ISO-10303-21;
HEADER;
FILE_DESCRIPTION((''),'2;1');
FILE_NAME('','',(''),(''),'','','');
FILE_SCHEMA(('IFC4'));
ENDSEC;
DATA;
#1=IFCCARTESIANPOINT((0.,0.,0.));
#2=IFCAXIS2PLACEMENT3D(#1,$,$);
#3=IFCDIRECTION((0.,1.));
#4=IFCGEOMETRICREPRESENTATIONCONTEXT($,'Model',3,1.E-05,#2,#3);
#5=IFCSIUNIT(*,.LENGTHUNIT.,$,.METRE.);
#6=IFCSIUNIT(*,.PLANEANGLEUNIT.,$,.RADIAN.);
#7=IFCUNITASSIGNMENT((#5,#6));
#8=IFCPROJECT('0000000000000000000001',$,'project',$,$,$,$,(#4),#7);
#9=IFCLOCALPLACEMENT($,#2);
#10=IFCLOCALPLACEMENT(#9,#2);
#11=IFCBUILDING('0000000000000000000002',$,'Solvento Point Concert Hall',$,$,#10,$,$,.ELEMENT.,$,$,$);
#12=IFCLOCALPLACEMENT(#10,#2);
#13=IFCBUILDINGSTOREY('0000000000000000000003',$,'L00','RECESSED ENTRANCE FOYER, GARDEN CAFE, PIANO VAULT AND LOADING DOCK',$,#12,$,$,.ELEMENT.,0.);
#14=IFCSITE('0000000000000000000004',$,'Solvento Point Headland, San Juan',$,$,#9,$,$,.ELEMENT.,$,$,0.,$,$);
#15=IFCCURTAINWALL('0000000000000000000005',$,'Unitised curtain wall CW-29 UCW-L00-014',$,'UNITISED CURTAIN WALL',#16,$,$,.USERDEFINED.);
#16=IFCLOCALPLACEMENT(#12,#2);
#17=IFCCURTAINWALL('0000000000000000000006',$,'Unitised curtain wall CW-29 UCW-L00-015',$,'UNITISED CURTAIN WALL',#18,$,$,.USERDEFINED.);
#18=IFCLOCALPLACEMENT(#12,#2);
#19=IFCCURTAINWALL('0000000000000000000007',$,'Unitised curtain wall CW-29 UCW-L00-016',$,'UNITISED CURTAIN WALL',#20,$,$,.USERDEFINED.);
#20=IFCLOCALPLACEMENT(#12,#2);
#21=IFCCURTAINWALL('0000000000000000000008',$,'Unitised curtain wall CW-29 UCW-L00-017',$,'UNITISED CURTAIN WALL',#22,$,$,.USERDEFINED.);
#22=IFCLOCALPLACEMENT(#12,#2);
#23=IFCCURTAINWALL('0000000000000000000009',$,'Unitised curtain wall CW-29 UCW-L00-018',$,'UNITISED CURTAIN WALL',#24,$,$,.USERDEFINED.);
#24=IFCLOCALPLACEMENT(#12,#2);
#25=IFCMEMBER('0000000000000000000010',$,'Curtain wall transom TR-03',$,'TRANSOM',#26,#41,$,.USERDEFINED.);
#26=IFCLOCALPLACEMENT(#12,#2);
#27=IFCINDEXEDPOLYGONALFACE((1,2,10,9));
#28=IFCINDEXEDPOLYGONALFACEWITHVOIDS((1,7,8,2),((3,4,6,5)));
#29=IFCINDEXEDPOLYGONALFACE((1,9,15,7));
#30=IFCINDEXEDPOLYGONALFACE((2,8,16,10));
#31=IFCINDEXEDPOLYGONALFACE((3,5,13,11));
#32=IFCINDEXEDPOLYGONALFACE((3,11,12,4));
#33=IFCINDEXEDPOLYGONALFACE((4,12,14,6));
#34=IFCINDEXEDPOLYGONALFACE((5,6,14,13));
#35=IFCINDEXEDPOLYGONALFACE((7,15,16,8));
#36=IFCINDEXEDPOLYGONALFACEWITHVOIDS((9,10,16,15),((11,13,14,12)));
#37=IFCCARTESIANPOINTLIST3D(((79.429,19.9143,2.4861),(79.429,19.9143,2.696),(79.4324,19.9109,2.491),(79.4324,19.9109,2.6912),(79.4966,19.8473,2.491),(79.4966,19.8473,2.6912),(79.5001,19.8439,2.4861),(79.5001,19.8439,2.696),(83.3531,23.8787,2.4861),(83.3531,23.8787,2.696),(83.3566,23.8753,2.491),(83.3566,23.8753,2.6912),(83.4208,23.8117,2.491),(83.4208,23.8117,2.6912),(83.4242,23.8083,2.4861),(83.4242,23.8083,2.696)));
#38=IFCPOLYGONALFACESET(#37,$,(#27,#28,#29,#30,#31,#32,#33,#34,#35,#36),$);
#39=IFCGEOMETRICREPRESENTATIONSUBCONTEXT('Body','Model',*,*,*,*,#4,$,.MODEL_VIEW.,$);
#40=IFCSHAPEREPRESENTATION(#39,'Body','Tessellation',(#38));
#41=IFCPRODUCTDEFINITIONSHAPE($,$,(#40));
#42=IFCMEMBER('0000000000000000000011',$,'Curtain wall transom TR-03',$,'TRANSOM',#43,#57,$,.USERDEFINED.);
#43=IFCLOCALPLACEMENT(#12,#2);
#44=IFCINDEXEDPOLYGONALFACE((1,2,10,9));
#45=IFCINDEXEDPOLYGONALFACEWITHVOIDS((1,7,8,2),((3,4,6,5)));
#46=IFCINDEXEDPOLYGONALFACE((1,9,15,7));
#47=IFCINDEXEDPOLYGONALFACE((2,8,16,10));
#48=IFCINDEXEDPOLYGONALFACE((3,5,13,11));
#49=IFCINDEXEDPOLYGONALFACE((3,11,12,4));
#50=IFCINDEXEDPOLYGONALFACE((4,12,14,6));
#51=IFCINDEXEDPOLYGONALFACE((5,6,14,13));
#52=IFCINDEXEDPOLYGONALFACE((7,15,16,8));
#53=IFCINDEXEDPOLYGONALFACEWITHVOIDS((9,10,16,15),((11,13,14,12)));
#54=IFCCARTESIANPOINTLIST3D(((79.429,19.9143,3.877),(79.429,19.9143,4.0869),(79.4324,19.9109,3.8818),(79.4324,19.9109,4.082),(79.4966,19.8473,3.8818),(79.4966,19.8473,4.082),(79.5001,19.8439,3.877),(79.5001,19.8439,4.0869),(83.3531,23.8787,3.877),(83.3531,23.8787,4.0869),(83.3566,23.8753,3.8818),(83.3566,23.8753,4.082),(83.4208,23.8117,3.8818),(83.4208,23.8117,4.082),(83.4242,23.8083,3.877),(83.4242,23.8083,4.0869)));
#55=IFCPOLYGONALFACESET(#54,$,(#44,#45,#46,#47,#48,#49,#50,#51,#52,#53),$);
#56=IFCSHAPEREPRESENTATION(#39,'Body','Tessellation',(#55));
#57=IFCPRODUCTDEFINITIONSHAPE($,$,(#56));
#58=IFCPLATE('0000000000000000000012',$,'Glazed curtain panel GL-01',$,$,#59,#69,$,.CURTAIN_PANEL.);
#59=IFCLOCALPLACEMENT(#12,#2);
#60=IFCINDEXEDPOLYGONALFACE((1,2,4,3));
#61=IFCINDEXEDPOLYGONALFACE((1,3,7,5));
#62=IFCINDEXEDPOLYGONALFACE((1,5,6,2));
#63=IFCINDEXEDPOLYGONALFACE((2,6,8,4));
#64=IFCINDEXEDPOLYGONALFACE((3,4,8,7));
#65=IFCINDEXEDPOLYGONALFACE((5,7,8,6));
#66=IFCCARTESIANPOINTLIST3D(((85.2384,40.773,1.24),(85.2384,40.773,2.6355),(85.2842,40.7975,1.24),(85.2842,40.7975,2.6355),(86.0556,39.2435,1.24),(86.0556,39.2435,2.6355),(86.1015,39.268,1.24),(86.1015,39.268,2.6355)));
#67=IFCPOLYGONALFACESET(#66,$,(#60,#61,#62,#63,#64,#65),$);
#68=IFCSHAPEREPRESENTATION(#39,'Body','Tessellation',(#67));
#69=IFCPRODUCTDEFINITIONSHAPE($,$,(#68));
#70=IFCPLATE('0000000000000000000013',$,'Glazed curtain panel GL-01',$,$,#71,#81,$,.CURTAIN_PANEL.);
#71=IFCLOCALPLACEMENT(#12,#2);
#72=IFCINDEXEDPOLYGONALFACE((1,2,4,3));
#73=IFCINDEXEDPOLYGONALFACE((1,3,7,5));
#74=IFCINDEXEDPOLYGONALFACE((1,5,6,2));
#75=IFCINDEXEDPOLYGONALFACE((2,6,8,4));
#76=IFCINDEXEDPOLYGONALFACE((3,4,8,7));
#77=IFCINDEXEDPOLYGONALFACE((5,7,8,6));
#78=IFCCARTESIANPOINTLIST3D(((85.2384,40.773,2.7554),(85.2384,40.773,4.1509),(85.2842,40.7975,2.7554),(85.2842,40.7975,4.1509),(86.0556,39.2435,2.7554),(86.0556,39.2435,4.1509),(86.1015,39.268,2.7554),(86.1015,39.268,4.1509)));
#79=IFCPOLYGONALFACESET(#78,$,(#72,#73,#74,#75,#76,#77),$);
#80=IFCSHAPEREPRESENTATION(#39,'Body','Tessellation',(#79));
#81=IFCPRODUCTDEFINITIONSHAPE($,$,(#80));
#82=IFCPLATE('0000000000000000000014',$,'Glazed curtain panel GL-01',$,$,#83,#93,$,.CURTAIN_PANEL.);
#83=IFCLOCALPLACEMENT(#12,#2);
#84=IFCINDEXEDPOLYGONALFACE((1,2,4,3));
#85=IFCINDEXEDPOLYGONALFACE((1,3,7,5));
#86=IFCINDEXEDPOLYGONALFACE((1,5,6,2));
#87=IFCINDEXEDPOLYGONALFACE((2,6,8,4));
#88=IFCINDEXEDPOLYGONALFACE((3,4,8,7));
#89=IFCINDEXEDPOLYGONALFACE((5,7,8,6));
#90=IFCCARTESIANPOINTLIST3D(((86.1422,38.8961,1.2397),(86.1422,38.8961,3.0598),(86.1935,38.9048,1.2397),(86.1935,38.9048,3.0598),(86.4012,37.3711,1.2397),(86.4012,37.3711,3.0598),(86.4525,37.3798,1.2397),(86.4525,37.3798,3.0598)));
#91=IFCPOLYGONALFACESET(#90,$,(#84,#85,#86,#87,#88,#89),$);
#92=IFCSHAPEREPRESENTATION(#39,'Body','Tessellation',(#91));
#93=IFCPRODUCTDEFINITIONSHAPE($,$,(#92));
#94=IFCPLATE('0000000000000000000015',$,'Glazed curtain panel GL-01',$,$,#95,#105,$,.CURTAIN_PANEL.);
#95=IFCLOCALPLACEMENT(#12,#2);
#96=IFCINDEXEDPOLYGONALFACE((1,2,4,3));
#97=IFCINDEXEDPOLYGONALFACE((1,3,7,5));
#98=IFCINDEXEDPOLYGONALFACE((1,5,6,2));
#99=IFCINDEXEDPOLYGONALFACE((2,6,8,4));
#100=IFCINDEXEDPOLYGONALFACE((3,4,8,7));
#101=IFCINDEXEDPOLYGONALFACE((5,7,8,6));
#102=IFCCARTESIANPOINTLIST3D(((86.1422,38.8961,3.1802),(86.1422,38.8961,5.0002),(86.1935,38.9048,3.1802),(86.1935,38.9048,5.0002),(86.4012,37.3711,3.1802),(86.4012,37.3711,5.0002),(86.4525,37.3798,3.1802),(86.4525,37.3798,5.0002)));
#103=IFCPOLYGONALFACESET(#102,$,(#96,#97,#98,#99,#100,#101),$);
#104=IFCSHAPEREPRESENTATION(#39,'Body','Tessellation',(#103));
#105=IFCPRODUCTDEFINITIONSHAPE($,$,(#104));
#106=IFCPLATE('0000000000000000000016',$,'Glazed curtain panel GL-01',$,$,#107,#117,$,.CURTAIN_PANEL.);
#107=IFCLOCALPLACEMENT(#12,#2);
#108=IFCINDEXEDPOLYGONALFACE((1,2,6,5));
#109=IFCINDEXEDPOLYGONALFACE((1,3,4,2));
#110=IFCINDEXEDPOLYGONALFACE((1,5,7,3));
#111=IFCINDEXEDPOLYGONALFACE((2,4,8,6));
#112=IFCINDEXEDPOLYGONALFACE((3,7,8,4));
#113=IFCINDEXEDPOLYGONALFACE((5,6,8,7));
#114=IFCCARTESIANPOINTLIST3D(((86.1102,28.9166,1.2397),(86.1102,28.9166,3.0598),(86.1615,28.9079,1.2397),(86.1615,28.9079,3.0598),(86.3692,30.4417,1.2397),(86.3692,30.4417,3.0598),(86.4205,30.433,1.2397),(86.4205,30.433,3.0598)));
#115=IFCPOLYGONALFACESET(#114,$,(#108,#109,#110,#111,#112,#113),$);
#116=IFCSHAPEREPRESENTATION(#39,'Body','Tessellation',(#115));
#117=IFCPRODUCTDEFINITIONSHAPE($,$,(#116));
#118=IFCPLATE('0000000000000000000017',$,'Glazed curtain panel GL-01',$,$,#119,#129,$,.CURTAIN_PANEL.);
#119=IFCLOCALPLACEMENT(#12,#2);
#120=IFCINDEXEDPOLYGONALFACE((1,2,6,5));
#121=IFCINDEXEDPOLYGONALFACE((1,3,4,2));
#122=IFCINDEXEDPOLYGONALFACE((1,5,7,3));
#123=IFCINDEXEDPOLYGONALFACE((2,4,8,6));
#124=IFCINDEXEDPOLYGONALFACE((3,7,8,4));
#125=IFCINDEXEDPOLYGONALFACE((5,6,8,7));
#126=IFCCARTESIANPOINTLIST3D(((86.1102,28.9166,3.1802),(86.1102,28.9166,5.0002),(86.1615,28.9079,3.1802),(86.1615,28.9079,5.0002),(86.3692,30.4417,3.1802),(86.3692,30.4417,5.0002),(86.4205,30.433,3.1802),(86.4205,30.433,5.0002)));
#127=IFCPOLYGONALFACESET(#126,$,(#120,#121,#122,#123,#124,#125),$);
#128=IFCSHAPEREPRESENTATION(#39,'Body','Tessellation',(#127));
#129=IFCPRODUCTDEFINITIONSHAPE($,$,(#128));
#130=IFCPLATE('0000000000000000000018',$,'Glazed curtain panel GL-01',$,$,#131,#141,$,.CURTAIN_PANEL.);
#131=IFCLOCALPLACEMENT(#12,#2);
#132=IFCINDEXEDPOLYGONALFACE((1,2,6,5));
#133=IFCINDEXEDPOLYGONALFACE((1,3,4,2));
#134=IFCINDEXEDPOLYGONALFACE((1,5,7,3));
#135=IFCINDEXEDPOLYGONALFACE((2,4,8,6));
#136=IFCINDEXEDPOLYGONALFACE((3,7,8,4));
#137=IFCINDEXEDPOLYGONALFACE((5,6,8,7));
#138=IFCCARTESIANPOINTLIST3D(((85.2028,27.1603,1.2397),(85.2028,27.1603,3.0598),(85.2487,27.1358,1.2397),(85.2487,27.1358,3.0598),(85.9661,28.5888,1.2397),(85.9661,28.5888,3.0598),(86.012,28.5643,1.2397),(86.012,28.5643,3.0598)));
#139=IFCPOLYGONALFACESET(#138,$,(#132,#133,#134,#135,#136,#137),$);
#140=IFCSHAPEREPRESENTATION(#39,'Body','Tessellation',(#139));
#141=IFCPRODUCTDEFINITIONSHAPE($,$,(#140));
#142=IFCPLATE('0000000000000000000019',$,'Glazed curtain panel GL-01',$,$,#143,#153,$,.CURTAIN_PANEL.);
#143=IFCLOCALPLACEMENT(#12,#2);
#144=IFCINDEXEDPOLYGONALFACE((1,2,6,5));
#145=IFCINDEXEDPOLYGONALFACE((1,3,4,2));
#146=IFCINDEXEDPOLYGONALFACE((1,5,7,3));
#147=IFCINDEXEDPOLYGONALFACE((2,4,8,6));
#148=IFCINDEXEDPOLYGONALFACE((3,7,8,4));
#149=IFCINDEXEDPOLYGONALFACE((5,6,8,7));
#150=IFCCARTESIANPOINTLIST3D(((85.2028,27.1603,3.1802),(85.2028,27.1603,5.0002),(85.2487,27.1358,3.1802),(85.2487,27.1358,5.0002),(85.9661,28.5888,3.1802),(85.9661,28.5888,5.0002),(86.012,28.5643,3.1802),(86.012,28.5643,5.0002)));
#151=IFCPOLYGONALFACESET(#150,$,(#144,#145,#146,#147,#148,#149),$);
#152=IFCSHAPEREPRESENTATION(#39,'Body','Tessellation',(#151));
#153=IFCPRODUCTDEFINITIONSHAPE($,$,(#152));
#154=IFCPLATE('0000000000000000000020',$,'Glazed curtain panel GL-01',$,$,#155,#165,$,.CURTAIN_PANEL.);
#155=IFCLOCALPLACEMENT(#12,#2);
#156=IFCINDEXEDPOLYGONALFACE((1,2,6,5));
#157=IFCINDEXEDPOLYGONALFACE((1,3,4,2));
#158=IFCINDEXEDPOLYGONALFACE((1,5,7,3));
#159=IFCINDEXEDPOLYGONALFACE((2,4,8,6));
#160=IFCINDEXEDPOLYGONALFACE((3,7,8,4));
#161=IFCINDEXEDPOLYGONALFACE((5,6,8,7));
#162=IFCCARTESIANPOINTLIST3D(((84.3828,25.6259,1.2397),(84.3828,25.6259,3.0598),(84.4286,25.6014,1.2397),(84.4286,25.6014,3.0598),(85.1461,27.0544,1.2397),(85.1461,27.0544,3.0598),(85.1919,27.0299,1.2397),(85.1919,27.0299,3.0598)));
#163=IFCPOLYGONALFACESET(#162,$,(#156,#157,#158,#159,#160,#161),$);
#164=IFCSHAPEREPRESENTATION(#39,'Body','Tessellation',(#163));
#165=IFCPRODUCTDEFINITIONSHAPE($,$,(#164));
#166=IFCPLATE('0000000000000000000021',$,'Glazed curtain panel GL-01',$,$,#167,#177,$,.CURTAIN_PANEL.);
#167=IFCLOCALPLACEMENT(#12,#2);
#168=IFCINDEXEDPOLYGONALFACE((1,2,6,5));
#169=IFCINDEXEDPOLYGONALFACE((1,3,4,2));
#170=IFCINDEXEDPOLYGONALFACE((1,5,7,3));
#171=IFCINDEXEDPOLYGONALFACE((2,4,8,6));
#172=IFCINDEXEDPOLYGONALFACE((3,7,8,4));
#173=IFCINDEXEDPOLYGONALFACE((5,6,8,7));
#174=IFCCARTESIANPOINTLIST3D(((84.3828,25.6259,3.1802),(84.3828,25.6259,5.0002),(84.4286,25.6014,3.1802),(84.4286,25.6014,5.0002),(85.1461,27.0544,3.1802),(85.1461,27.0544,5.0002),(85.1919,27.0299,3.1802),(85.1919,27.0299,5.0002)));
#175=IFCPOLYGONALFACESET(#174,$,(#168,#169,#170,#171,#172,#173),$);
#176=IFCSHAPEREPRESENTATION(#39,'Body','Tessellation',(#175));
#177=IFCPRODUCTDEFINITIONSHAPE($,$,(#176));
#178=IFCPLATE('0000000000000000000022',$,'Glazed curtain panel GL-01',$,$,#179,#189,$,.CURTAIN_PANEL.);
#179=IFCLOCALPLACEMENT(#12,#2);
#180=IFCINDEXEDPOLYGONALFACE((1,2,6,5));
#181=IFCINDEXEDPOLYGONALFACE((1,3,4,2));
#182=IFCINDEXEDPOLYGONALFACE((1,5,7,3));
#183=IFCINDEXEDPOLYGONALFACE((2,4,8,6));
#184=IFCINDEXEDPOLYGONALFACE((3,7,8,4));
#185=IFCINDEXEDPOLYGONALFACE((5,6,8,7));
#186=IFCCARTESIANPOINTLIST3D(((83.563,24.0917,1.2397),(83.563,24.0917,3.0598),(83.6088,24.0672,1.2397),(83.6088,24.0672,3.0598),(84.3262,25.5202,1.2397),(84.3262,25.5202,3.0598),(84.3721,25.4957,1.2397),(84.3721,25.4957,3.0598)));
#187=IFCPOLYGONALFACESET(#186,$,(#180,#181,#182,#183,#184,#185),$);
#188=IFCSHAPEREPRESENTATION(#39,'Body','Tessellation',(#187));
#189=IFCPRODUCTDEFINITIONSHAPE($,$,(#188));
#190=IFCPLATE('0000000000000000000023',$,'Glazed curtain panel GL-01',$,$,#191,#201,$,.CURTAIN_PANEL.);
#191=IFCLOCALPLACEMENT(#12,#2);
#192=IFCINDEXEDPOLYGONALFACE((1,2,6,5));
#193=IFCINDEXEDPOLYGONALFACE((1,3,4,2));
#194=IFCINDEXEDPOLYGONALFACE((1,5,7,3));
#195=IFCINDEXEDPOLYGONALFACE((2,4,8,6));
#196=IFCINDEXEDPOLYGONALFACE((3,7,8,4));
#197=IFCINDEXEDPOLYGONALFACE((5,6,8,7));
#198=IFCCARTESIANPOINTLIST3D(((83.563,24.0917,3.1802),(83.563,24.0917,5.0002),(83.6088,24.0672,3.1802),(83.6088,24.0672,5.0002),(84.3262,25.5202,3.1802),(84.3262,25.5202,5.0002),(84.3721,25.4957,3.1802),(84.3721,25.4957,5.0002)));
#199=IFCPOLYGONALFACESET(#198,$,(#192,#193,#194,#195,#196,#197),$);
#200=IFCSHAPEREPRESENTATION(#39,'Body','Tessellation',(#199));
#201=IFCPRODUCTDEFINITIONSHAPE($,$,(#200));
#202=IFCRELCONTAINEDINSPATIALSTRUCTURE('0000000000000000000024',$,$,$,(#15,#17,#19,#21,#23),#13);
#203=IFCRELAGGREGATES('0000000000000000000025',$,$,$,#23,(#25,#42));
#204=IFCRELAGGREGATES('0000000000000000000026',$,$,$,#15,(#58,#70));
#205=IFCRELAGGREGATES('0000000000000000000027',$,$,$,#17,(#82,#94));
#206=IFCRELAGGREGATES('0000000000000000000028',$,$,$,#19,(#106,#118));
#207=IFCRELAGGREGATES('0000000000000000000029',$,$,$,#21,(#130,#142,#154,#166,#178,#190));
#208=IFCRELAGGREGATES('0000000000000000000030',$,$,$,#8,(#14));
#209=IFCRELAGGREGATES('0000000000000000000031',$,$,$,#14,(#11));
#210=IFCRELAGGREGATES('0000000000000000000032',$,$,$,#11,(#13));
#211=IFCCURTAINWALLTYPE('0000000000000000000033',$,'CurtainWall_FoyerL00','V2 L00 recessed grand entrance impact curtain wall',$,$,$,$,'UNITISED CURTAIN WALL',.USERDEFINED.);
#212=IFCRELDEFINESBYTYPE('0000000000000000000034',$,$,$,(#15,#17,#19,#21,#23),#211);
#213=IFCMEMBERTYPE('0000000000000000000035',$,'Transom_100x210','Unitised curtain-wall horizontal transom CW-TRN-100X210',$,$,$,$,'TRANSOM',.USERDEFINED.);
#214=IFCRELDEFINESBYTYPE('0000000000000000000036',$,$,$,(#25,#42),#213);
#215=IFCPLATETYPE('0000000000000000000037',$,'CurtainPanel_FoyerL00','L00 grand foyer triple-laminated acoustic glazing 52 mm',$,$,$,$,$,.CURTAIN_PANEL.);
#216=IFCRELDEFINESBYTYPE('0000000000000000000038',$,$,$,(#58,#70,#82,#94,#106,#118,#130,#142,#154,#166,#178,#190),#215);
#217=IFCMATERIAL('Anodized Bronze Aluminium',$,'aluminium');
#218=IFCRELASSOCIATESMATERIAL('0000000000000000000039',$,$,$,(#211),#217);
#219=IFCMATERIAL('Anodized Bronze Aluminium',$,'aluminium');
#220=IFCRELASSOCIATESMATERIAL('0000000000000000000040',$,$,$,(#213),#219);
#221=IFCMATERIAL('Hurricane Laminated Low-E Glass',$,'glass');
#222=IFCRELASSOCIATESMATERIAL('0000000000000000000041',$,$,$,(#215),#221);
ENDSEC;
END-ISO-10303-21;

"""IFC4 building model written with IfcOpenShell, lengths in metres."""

from ifc_helpers import new_model, si_unit, direction, frame, origin, origin_2d, place, context, subcontext, project, spatial, rectangle, hollow_rectangle, extrude, material, material_profile, profile_set, type_object, element, aggregate, save


model = new_model("IFC4")

# Units and contexts
model_context = context("Model", 3, precision=1e-05, world=origin(), true_north=direction((0.0, 1.0)))
body_context = subcontext(model_context, "Body", "Model", "MODEL_VIEW")
ifc_project = project(units=[si_unit("LENGTHUNIT", "METRE"), si_unit("PLANEANGLEUNIT", "RADIAN")], contexts=[model_context])

# Site, building, storey
site_placement = place(None, origin())
site = spatial("IfcSite", under=ifc_project, at=site_placement, Name="Solvento Point Headland, San Juan", CompositionType="ELEMENT", RefElevation=0.0)
building_placement = place(site_placement, origin())
building = spatial("IfcBuilding", under=site, at=building_placement, Name="Solvento Point Concert Hall", CompositionType="ELEMENT")
storey_placement = place(building_placement, origin())
storey = spatial("IfcBuildingStorey", under=building, at=storey_placement, Name="L00", Description="RECESSED ENTRANCE FOYER, GARDEN CAFE, PIANO VAULT AND LOADING DOCK", CompositionType="ELEMENT", Elevation=0.0)

# Curtain walls
ifc_material_1 = material(Name="Anodized Bronze Aluminium", Category="aluminium")
curtain_wall_type = type_object("IfcCurtainWallType", Name="CurtainWall_FoyerL00", Description="V2 L00 recessed grand entrance impact curtain wall", ElementType="UNITISED CURTAIN WALL", PredefinedType="USERDEFINED", material=ifc_material_1)
curtain_wall_1_placement = place(storey_placement, origin())
curtain_wall_1 = element("IfcCurtainWall", 1, at=curtain_wall_1_placement, inside=storey, type_object=curtain_wall_type, Name="Unitised curtain wall CW-29 UCW-L00-014", ObjectType="UNITISED CURTAIN WALL", PredefinedType="USERDEFINED")
curtain_wall_2_placement = place(storey_placement, origin())
curtain_wall_2 = element("IfcCurtainWall", 2, at=curtain_wall_2_placement, inside=storey, type_object=curtain_wall_type, Name="Unitised curtain wall CW-29 UCW-L00-015", ObjectType="UNITISED CURTAIN WALL", PredefinedType="USERDEFINED")
curtain_wall_3_placement = place(storey_placement, origin())
curtain_wall_3 = element("IfcCurtainWall", 3, at=curtain_wall_3_placement, inside=storey, type_object=curtain_wall_type, Name="Unitised curtain wall CW-29 UCW-L00-016", ObjectType="UNITISED CURTAIN WALL", PredefinedType="USERDEFINED")

# Curtain wall
curtain_wall_4_placement = place(storey_placement, origin())
curtain_wall_4 = element("IfcCurtainWall", 4, at=curtain_wall_4_placement, inside=storey, type_object=curtain_wall_type, Name="Unitised curtain wall CW-29 UCW-L00-017", ObjectType="UNITISED CURTAIN WALL", PredefinedType="USERDEFINED")

# Curtain wall
curtain_wall_5_placement = place(storey_placement, origin())
curtain_wall_5 = element("IfcCurtainWall", 5, at=curtain_wall_5_placement, inside=storey, type_object=curtain_wall_type, Name="Unitised curtain wall CW-29 UCW-L00-018", ObjectType="UNITISED CURTAIN WALL", PredefinedType="USERDEFINED")

# Members
ifc_material_2 = material(Name="Anodized Bronze Aluminium", Category="aluminium")
ifc_material_profile_1 = material_profile(ifc_material_2, hollow_rectangle(XDim=0.1001, YDim=0.21, WallThickness=0.0049, at=origin_2d()), Name="CW-TRN-100X210")
ifc_profile_set_1 = profile_set([ifc_material_profile_1], Name="Anodized Bronze Aluminium")
member_type_1 = type_object("IfcMemberType", Name="Transom_100x210", Description="Unitised curtain-wall horizontal transom CW-TRN-100X210", ElementType="TRANSOM", PredefinedType="USERDEFINED", material=ifc_profile_set_1)
member_1_placement = place(storey_placement, frame((83.3887, 23.8435, 2.5911), z_axis=(-0.703487, -0.710708, 0.0), x_axis=(0.710708, -0.703487, 0.0)))
member_1 = element("IfcMember", 6, at=member_1_placement, type_object=member_type_1, Name="Curtain wall transom TR-03", ObjectType="TRANSOM", PredefinedType="USERDEFINED", context=body_context, shape_type="SweptSolid", body=[
    extrude(hollow_rectangle(XDim=0.1001, YDim=0.21, WallThickness=0.0049, at=origin_2d()), origin(), (0.0, 0.0, 1.0), 5.5781),
])
member_2_placement = place(storey_placement, frame((83.3887, 23.8435, 3.9819), z_axis=(-0.703487, -0.710708, 0.0), x_axis=(0.710708, -0.703487, 0.0)))
member_2 = element("IfcMember", 7, at=member_2_placement, type_object=member_type_1, Name="Curtain wall transom TR-03", ObjectType="TRANSOM", PredefinedType="USERDEFINED", context=body_context, shape_type="SweptSolid", body=[
    extrude(hollow_rectangle(XDim=0.1001, YDim=0.21, WallThickness=0.0049, at=origin_2d()), origin(), (0.0, 0.0, 1.0), 5.5781),
])
aggregate(curtain_wall_5, [member_1, member_2])

# Plates
ifc_material_3 = material(Name="Hurricane Laminated Low-E Glass", Category="glass")
plate_type = type_object("IfcPlateType", Name="CurtainPanel_FoyerL00", Description="L00 grand foyer triple-laminated acoustic glazing 52 mm", PredefinedType="CURTAIN_PANEL", material=ifc_material_3)
plate_1_placement = place(storey_placement, frame((85.6699, 40.0205, 1.24), z_axis=(0.0, 0.0, 1.0), x_axis=(0.471272, -0.881988, 0.0)))
plate_1 = element("IfcPlate", 8, at=plate_1_placement, type_object=plate_type, Name="Glazed curtain panel GL-01", PredefinedType="CURTAIN_PANEL", context=body_context, shape_type="SweptSolid", body=[
    extrude(rectangle(XDim=1.7341, YDim=0.052, at=origin_2d()), origin(), (0.0, 0.0, 1.0), 1.3955),
])
plate_2_placement = place(storey_placement, frame((85.6699, 40.0205, 2.7554), z_axis=(0.0, 0.0, 1.0), x_axis=(0.471272, -0.881988, 0.0)))
plate_2 = element("IfcPlate", 9, at=plate_2_placement, type_object=plate_type, Name="Glazed curtain panel GL-01", PredefinedType="CURTAIN_PANEL", context=body_context, shape_type="SweptSolid", body=[
    extrude(rectangle(XDim=1.7341, YDim=0.052, at=origin_2d()), origin(), (0.0, 0.0, 1.0), 1.3955),
])
aggregate(curtain_wall_1, [plate_1, plate_2])
plate_3_placement = place(storey_placement, frame((86.2974, 38.1379, 1.2397), z_axis=(0.0, 0.0, 1.0), x_axis=(0.167431, -0.985884, 0.0)))
plate_3 = element("IfcPlate", 10, at=plate_3_placement, type_object=plate_type, Name="Glazed curtain panel GL-01", PredefinedType="CURTAIN_PANEL", context=body_context, shape_type="SweptSolid", body=[
    extrude(rectangle(XDim=1.5469, YDim=0.052, at=origin_2d()), origin(), (0.0, 0.0, 1.0), 1.8201),
])
plate_4_placement = place(storey_placement, frame((86.2974, 38.1379, 3.1802), z_axis=(0.0, 0.0, 1.0), x_axis=(0.167431, -0.985884, 0.0)))
plate_4 = element("IfcPlate", 11, at=plate_4_placement, type_object=plate_type, Name="Glazed curtain panel GL-01", PredefinedType="CURTAIN_PANEL", context=body_context, shape_type="SweptSolid", body=[
    extrude(rectangle(XDim=1.5469, YDim=0.052, at=origin_2d()), origin(), (0.0, 0.0, 1.0), 1.8201),
])
aggregate(curtain_wall_2, [plate_3, plate_4])
plate_5_placement = place(storey_placement, frame((86.2654, 29.6748, 1.2397), z_axis=(0.0, 0.0, 1.0), x_axis=(-0.167431, -0.985884, 0.0)))
plate_5 = element("IfcPlate", 12, at=plate_5_placement, type_object=plate_type, Name="Glazed curtain panel GL-01", PredefinedType="CURTAIN_PANEL", context=body_context, shape_type="SweptSolid", body=[
    extrude(rectangle(XDim=1.5469, YDim=0.052, at=origin_2d()), origin(), (0.0, 0.0, 1.0), 1.8201),
])
plate_6_placement = place(storey_placement, frame((86.2654, 29.6748, 3.1802), z_axis=(0.0, 0.0, 1.0), x_axis=(-0.167431, -0.985884, 0.0)))
plate_6 = element("IfcPlate", 13, at=plate_6_placement, type_object=plate_type, Name="Glazed curtain panel GL-01", PredefinedType="CURTAIN_PANEL", context=body_context, shape_type="SweptSolid", body=[
    extrude(rectangle(XDim=1.5469, YDim=0.052, at=origin_2d()), origin(), (0.0, 0.0, 1.0), 1.8201),
])
aggregate(curtain_wall_3, [plate_5, plate_6])
plate_7_placement = place(storey_placement, frame((85.6074, 27.8623, 1.2397), z_axis=(0.0, 0.0, 1.0), x_axis=(-0.471274, -0.881987, 0.0)))
plate_7 = element("IfcPlate", 14, at=plate_7_placement, type_object=plate_type, Name="Glazed curtain panel GL-01", PredefinedType="CURTAIN_PANEL", context=body_context, shape_type="SweptSolid", body=[
    extrude(rectangle(XDim=1.6196, YDim=0.052, at=origin_2d()), origin(), (0.0, 0.0, 1.0), 1.8201),
])
plate_8_placement = place(storey_placement, frame((85.6074, 27.8623, 3.1802), z_axis=(0.0, 0.0, 1.0), x_axis=(-0.471274, -0.881987, 0.0)))
plate_8 = element("IfcPlate", 15, at=plate_8_placement, type_object=plate_type, Name="Glazed curtain panel GL-01", PredefinedType="CURTAIN_PANEL", context=body_context, shape_type="SweptSolid", body=[
    extrude(rectangle(XDim=1.6196, YDim=0.052, at=origin_2d()), origin(), (0.0, 0.0, 1.0), 1.8201),
])
plate_9_placement = place(storey_placement, frame((84.7874, 26.3279, 1.2397), z_axis=(0.0, 0.0, 1.0), x_axis=(-0.471274, -0.881987, 0.0)))
plate_9 = element("IfcPlate", 16, at=plate_9_placement, type_object=plate_type, Name="Glazed curtain panel GL-01", PredefinedType="CURTAIN_PANEL", context=body_context, shape_type="SweptSolid", body=[
    extrude(rectangle(XDim=1.6196, YDim=0.052, at=origin_2d()), origin(), (0.0, 0.0, 1.0), 1.8201),
])
plate_10_placement = place(storey_placement, frame((84.7874, 26.3279, 3.1802), z_axis=(0.0, 0.0, 1.0), x_axis=(-0.471274, -0.881987, 0.0)))
plate_10 = element("IfcPlate", 17, at=plate_10_placement, type_object=plate_type, Name="Glazed curtain panel GL-01", PredefinedType="CURTAIN_PANEL", context=body_context, shape_type="SweptSolid", body=[
    extrude(rectangle(XDim=1.6196, YDim=0.052, at=origin_2d()), origin(), (0.0, 0.0, 1.0), 1.8201),
])
plate_11_placement = place(storey_placement, frame((83.9675, 24.7937, 1.2397), z_axis=(0.0, 0.0, 1.0), x_axis=(-0.471274, -0.881987, 0.0)))
plate_11 = element("IfcPlate", 18, at=plate_11_placement, type_object=plate_type, Name="Glazed curtain panel GL-01", PredefinedType="CURTAIN_PANEL", context=body_context, shape_type="SweptSolid", body=[
    extrude(rectangle(XDim=1.6196, YDim=0.052, at=origin_2d()), origin(), (0.0, 0.0, 1.0), 1.8201),
])
plate_12_placement = place(storey_placement, frame((83.9675, 24.7937, 3.1802), z_axis=(0.0, 0.0, 1.0), x_axis=(-0.471274, -0.881987, 0.0)))
plate_12 = element("IfcPlate", 19, at=plate_12_placement, type_object=plate_type, Name="Glazed curtain panel GL-01", PredefinedType="CURTAIN_PANEL", context=body_context, shape_type="SweptSolid", body=[
    extrude(rectangle(XDim=1.6196, YDim=0.052, at=origin_2d()), origin(), (0.0, 0.0, 1.0), 1.8201),
])
aggregate(curtain_wall_4, [plate_7, plate_8, plate_9, plate_10, plate_11, plate_12])

save(model, "model.ifc")
